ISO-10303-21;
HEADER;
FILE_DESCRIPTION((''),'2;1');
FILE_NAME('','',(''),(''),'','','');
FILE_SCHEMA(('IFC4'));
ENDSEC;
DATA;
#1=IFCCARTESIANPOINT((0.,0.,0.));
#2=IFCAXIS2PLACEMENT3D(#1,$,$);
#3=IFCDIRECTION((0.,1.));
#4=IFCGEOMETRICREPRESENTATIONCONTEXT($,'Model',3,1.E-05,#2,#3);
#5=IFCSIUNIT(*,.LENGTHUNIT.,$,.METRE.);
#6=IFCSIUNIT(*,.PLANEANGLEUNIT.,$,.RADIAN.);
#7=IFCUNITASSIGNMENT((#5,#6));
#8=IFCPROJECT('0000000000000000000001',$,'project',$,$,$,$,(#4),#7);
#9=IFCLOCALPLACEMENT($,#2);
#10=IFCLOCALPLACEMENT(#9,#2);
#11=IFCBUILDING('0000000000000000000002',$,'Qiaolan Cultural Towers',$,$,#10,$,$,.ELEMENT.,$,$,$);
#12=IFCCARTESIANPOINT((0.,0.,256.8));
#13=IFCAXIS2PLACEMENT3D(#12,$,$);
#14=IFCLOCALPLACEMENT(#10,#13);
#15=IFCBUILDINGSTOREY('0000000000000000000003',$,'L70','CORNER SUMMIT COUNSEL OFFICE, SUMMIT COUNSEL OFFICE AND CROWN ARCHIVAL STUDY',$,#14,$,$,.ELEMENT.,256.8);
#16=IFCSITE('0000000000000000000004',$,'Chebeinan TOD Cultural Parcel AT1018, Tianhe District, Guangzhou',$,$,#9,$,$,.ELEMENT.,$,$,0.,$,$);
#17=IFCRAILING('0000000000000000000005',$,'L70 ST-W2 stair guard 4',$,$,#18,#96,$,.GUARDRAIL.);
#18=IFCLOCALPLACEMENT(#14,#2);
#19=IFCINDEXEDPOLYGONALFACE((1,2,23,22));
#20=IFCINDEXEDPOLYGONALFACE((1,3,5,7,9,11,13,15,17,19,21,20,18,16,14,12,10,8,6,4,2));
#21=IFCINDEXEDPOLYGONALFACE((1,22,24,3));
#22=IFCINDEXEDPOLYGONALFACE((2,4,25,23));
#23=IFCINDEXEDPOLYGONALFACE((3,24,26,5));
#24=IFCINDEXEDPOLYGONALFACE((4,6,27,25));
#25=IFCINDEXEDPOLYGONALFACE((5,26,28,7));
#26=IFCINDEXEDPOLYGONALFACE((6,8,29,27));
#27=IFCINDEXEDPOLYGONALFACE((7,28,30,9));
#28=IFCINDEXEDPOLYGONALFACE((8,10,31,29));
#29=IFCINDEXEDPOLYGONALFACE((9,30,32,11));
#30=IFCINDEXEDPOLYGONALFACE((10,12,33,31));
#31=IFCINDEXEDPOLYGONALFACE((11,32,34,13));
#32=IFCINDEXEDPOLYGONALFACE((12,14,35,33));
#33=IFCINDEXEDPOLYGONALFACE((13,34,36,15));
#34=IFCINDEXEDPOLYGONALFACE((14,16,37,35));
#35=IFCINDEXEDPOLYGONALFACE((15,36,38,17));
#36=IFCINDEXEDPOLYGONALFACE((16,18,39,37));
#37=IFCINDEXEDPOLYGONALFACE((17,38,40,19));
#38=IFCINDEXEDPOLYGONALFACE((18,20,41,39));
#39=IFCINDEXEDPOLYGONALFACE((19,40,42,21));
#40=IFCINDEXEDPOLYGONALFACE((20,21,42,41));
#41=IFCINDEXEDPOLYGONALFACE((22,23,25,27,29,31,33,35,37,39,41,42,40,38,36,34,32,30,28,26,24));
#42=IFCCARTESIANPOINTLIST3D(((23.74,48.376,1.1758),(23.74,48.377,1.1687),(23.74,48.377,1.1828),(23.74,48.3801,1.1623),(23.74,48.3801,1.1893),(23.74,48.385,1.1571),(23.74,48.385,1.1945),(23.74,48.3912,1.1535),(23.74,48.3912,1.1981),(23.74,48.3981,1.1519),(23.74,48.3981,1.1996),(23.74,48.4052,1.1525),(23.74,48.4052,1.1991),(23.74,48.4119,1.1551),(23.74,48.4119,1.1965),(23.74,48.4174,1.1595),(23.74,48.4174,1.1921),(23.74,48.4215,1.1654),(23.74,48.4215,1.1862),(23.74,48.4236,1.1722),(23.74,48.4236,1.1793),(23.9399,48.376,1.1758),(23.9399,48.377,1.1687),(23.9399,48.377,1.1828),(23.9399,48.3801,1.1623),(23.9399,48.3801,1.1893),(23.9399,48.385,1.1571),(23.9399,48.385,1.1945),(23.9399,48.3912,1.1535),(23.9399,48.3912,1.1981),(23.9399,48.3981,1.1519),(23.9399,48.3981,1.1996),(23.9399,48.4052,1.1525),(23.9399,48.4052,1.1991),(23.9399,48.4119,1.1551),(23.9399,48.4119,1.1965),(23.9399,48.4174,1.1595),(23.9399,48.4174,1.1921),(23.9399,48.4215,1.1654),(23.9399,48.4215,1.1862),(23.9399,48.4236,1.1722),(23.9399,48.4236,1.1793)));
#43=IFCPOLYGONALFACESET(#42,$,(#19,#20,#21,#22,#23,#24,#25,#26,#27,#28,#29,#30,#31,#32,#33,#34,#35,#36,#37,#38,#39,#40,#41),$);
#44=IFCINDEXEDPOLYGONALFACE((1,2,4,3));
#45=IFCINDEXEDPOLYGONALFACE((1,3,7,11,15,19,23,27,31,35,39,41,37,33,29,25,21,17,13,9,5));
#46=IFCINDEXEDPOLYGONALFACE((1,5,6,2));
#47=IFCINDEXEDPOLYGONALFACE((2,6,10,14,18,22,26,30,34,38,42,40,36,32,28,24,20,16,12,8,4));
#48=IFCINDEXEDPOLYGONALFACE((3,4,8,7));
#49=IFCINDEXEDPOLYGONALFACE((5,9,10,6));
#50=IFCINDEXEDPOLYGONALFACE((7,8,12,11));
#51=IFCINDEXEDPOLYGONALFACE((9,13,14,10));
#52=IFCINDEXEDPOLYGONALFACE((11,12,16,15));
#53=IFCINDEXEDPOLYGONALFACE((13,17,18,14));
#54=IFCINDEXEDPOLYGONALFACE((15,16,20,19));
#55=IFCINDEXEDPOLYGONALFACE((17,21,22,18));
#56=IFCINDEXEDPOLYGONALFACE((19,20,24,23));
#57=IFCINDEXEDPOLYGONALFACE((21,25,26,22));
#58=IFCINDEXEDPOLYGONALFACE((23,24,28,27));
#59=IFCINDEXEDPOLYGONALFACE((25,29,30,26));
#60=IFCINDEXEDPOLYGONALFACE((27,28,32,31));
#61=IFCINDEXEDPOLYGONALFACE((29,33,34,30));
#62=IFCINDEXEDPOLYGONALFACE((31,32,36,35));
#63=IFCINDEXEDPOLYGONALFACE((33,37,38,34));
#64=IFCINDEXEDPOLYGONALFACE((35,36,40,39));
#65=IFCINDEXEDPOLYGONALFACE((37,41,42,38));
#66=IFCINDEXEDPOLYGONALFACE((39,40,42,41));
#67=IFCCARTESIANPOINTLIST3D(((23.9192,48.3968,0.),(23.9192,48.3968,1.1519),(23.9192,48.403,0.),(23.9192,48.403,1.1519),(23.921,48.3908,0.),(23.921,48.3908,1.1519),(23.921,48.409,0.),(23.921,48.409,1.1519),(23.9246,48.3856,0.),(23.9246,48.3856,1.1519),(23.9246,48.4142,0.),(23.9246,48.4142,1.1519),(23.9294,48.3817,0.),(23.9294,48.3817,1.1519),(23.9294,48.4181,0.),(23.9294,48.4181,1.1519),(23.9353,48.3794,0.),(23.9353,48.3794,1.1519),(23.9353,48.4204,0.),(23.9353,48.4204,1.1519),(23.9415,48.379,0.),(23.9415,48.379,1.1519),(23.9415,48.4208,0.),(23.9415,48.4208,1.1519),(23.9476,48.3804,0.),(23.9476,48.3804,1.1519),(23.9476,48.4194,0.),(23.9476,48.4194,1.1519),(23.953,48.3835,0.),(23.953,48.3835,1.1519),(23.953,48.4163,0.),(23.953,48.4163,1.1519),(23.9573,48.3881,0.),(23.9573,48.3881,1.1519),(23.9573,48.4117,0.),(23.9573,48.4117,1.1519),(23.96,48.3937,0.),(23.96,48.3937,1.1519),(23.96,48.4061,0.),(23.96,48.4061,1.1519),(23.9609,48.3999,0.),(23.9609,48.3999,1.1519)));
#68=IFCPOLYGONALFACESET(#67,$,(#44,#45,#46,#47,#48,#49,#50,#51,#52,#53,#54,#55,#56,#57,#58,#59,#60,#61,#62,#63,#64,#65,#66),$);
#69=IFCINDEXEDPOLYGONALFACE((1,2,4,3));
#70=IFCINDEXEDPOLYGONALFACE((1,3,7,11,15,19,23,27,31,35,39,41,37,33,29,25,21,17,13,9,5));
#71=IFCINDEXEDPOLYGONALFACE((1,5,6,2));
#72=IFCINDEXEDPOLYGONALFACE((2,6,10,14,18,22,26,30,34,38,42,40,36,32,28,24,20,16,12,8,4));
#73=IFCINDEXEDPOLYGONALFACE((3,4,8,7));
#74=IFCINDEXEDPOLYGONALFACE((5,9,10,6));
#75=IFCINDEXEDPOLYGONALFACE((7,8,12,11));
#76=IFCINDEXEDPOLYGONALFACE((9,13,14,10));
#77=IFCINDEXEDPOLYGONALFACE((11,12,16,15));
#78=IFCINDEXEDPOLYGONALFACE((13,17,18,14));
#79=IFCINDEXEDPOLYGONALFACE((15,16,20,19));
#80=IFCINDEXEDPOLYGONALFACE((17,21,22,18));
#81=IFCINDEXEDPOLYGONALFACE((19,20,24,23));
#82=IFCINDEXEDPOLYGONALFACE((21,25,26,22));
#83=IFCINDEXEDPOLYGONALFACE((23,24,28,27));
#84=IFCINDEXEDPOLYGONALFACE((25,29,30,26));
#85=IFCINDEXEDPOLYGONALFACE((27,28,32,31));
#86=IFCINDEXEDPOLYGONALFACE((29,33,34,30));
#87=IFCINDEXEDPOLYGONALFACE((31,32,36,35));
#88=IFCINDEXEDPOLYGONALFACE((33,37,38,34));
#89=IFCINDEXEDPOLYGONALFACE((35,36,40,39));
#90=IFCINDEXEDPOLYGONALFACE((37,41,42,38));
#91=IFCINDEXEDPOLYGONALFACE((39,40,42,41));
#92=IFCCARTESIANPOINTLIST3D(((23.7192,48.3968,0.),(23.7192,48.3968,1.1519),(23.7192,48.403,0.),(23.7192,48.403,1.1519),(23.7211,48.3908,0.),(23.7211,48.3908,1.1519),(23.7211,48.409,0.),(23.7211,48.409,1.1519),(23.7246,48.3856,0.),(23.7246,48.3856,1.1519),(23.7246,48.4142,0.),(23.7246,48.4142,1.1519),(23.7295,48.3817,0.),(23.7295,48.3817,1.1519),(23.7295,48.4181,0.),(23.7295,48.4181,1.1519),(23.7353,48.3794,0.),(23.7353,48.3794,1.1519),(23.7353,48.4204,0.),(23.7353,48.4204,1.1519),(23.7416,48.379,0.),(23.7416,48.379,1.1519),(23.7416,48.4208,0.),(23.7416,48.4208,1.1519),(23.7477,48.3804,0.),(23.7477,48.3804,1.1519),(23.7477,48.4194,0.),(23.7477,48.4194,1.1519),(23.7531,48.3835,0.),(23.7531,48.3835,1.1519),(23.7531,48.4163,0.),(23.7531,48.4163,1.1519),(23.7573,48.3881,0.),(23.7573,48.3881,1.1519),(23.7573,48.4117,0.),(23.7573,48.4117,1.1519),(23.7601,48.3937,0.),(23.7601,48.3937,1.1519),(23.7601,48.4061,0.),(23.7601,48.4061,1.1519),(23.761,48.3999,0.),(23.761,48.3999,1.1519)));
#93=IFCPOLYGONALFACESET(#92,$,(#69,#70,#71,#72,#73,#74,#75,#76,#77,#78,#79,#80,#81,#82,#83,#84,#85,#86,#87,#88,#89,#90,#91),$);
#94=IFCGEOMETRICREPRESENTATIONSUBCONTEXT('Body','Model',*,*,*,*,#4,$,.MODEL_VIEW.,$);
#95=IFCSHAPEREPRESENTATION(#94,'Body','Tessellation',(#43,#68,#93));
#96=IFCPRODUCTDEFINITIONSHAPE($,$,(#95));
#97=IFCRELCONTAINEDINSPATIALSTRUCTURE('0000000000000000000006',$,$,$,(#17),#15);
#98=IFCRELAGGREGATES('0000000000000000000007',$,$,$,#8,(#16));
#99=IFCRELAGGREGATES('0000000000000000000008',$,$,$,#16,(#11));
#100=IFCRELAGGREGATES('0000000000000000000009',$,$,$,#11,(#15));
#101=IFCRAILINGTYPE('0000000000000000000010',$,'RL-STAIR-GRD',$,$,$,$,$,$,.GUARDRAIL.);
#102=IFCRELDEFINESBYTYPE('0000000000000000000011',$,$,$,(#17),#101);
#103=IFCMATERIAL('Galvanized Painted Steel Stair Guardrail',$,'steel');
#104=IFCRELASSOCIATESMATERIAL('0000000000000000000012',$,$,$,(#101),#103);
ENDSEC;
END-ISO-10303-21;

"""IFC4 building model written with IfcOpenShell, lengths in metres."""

from ifc_helpers import new_model, si_unit, direction, frame, origin, origin_2d, place, context, subcontext, project, spatial, circle, extrude, material, type_object, element, save


model = new_model("IFC4")

# Units and contexts
model_context = context("Model", 3, precision=1e-05, world=origin(), true_north=direction((0.0, 1.0)))
body_context = subcontext(model_context, "Body", "Model", "MODEL_VIEW")
ifc_project = project(units=[si_unit("LENGTHUNIT", "METRE"), si_unit("PLANEANGLEUNIT", "RADIAN")], contexts=[model_context])

# Site, building, storey
site_placement = place(None, origin())
site = spatial("IfcSite", under=ifc_project, at=site_placement, Name="Chebeinan TOD Cultural Parcel AT1018, Tianhe District, Guangzhou", CompositionType="ELEMENT", RefElevation=0.0)
building_placement = place(site_placement, origin())
building = spatial("IfcBuilding", under=site, at=building_placement, Name="Qiaolan Cultural Towers", CompositionType="ELEMENT")
storey_placement = place(building_placement, frame((0.0, 0.0, 256.8)))
storey = spatial("IfcBuildingStorey", under=building, at=storey_placement, Name="L70", Description="CORNER SUMMIT COUNSEL OFFICE, SUMMIT COUNSEL OFFICE AND CROWN ARCHIVAL STUDY", CompositionType="ELEMENT", Elevation=256.8)

# Railing
ifc_material_1 = material(Name="Galvanized Painted Steel Stair Guardrail", Category="steel")
railing_type_1 = type_object("IfcRailingType", Name="RL-STAIR-GRD", PredefinedType="GUARDRAIL", material=ifc_material_1)
railing_1_placement = place(storey_placement, frame((23.9399, 48.3999, 0.0)))
element("IfcRailing", 1, at=railing_1_placement, inside=storey, type_object=railing_type_1, Name="L70 ST-W2 stair guard 4", PredefinedType="GUARDRAIL", context=body_context, shape_type="SweptSolid", body=[
    extrude(circle(Radius=0.0239, at=origin_2d()), frame((0.0, 0.0, 1.1758), z_axis=(-1.0, 0.0, 0.0), x_axis=(0.0, -1.0, 0.0)), (0.0, 0.0, 1.0), 0.2),
    extrude(circle(Radius=0.021, at=origin_2d()), origin(), (0.0, 0.0, 1.0), 1.1519),
    extrude(circle(Radius=0.021, at=origin_2d()), frame((-0.2, 0.0, 0.0)), (0.0, 0.0, 1.0), 1.1519),
])

save(model, "model.ifc")
